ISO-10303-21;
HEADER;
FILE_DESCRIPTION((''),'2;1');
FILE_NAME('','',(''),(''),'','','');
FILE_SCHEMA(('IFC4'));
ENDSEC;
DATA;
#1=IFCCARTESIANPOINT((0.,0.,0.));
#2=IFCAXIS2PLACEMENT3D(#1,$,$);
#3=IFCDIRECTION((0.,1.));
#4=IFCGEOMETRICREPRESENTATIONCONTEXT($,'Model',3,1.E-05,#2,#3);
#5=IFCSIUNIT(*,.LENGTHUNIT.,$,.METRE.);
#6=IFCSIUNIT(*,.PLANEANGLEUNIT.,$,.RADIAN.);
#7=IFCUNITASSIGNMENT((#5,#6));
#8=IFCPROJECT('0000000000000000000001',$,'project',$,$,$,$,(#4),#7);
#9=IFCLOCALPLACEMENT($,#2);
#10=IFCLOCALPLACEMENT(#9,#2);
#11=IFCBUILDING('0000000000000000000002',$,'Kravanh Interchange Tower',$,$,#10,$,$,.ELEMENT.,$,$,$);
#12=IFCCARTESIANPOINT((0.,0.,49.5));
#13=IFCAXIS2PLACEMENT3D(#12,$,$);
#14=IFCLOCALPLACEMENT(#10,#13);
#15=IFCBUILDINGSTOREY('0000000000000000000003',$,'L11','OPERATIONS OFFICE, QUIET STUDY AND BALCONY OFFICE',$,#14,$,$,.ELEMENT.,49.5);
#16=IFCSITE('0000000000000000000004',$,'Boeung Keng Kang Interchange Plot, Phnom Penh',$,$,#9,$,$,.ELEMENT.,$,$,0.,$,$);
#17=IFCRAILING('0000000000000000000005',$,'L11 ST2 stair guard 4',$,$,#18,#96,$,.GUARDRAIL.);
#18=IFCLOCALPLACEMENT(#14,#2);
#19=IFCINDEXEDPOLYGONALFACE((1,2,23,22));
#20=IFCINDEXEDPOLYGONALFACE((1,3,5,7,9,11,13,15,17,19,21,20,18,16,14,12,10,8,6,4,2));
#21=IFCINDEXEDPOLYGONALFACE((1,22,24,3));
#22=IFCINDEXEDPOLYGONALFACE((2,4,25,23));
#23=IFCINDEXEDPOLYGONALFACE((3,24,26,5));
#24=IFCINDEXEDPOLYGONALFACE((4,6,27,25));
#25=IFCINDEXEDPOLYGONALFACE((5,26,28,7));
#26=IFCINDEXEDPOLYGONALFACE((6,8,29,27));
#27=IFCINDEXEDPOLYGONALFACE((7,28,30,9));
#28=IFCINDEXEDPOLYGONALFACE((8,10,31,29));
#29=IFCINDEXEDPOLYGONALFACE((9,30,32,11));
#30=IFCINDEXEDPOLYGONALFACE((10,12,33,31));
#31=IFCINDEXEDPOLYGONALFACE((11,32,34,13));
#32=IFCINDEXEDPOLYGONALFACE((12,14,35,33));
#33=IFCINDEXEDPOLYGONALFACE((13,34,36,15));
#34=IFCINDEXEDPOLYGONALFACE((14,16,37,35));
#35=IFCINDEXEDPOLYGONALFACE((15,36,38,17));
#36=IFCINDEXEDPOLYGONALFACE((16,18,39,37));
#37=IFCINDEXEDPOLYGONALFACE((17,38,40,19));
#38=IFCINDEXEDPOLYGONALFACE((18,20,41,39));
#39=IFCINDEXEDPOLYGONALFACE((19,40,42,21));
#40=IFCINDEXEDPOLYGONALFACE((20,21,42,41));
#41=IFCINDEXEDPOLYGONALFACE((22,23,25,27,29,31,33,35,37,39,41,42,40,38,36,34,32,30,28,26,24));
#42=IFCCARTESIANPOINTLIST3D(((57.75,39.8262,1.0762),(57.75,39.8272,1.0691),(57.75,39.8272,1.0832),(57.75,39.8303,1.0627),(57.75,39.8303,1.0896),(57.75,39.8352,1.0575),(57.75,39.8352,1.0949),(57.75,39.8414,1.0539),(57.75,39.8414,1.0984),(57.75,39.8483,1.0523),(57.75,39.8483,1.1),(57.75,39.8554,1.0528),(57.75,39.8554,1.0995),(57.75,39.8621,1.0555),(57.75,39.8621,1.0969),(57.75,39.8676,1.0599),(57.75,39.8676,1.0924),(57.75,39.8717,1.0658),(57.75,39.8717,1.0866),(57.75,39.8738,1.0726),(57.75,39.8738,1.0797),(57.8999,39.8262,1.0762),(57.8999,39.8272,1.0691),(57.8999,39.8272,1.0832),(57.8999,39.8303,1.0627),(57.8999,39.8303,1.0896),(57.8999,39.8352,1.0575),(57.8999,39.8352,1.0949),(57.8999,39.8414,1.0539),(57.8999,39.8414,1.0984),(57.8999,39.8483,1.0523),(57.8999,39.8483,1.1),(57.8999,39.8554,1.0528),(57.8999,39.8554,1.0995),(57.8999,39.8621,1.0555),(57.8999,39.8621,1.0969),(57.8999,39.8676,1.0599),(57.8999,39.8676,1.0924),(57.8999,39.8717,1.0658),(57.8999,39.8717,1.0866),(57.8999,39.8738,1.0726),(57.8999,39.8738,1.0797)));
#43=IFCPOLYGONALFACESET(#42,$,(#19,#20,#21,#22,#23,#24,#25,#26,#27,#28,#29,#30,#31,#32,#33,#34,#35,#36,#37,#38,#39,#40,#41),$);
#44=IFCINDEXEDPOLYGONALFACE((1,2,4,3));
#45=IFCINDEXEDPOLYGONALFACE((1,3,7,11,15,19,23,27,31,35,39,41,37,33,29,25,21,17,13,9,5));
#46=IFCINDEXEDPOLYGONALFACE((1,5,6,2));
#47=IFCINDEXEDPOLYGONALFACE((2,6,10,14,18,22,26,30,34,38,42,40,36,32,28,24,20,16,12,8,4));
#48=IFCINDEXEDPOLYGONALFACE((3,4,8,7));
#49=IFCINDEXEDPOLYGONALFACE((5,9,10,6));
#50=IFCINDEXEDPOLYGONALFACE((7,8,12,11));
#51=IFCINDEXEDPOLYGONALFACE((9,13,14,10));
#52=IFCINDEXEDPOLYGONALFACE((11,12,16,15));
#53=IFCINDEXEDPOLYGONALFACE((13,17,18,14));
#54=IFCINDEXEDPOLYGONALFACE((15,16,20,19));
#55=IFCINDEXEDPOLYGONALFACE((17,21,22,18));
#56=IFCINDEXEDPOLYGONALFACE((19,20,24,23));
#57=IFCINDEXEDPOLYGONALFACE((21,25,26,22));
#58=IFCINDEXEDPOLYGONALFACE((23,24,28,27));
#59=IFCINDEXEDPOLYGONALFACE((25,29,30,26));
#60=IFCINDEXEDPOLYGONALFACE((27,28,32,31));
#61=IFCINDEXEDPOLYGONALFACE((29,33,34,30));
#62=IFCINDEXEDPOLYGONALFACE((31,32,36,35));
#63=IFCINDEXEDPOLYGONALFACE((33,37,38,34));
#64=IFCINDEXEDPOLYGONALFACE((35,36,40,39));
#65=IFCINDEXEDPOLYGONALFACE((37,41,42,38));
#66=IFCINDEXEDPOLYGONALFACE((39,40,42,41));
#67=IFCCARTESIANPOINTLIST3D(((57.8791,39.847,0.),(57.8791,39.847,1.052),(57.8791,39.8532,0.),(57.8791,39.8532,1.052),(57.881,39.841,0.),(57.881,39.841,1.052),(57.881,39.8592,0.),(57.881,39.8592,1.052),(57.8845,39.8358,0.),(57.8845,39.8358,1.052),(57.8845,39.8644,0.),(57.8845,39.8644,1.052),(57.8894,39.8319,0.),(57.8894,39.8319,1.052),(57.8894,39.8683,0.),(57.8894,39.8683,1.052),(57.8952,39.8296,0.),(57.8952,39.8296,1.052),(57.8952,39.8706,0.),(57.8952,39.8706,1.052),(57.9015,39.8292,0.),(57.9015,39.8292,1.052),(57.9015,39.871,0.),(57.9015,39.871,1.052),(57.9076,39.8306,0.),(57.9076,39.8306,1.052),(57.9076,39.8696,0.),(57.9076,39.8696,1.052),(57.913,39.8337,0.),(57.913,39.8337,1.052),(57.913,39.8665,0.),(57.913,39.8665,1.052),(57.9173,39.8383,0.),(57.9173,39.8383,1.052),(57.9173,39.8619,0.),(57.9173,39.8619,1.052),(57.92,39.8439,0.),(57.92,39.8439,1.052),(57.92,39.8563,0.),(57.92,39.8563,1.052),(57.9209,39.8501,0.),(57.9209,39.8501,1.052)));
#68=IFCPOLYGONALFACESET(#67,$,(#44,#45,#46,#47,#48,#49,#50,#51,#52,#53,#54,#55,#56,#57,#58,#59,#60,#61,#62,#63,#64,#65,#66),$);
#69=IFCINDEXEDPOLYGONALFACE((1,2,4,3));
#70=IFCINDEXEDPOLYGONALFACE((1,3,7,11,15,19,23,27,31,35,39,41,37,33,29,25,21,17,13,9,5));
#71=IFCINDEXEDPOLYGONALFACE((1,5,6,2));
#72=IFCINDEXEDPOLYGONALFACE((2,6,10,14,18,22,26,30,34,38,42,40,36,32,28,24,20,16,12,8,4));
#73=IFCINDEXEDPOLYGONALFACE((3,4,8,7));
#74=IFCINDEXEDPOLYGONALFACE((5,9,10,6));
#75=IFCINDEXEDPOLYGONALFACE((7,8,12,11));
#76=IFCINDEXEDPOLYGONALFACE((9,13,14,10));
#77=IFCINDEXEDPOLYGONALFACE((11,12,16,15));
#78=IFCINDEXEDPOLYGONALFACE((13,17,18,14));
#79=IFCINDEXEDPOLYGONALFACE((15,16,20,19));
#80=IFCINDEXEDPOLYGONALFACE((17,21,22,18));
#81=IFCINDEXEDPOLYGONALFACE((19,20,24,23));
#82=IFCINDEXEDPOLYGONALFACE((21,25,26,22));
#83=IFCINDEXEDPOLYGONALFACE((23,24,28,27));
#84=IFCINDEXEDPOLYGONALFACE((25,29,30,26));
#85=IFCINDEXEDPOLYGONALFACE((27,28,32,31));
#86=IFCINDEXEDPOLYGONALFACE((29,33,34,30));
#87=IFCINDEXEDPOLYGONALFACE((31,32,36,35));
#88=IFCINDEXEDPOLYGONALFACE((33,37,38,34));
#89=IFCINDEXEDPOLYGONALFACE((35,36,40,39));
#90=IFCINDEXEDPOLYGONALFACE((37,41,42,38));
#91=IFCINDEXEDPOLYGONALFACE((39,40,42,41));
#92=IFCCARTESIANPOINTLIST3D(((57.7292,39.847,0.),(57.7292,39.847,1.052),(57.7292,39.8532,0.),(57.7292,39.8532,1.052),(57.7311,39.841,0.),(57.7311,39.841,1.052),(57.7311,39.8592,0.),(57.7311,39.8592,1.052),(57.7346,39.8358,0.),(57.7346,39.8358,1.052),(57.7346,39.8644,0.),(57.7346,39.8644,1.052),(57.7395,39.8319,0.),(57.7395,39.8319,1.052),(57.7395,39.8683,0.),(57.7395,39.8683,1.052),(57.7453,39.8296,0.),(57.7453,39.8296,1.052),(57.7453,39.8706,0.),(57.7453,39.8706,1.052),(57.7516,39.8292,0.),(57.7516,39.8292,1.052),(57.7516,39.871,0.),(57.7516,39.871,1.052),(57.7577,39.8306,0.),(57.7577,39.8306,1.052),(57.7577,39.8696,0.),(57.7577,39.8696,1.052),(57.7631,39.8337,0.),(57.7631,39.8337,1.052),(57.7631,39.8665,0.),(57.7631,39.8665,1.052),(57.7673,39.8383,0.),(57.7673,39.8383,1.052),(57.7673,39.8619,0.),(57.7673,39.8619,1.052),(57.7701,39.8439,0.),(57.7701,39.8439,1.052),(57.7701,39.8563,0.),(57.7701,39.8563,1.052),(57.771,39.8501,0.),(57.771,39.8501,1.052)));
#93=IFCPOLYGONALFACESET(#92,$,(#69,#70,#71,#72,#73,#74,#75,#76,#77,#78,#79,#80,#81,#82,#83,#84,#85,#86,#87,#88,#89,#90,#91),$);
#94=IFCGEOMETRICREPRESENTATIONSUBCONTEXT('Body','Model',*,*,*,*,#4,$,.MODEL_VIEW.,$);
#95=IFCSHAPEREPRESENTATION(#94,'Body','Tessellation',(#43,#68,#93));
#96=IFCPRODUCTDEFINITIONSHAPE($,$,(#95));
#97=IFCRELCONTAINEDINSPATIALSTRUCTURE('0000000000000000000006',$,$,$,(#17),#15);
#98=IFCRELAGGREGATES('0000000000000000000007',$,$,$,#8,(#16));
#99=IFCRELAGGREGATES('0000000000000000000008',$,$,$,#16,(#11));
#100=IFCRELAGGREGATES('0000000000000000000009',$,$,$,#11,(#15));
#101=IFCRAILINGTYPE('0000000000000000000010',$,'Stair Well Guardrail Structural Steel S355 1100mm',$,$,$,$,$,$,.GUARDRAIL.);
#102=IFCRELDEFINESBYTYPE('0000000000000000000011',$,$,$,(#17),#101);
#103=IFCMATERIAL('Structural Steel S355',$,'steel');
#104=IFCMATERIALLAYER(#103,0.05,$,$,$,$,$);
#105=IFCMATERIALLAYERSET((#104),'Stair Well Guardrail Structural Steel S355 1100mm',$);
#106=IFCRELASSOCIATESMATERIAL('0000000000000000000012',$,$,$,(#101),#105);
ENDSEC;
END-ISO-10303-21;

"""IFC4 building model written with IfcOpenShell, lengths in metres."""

from ifc_helpers import new_model, si_unit, direction, frame, origin, origin_2d, place, context, subcontext, project, spatial, circle, extrude, material, layer, layer_set, type_object, element, save


model = new_model("IFC4")

# Units and contexts
model_context = context("Model", 3, precision=1e-05, world=origin(), true_north=direction((0.0, 1.0)))
body_context = subcontext(model_context, "Body", "Model", "MODEL_VIEW")
ifc_project = project(units=[si_unit("LENGTHUNIT", "METRE"), si_unit("PLANEANGLEUNIT", "RADIAN")], contexts=[model_context])

# Site, building, storey
site_placement = place(None, origin())
site = spatial("IfcSite", under=ifc_project, at=site_placement, Name="Boeung Keng Kang Interchange Plot, Phnom Penh", CompositionType="ELEMENT", RefElevation=0.0)
building_placement = place(site_placement, origin())
building = spatial("IfcBuilding", under=site, at=building_placement, Name="Kravanh Interchange Tower", CompositionType="ELEMENT")
storey_placement = place(building_placement, frame((0.0, 0.0, 49.5)))
storey = spatial("IfcBuildingStorey", under=building, at=storey_placement, Name="L11", Description="OPERATIONS OFFICE, QUIET STUDY AND BALCONY OFFICE", CompositionType="ELEMENT", Elevation=49.5)

# Railing
ifc_material_1 = material(Name="Structural Steel S355", Category="steel")
ifc_layer_1 = layer(ifc_material_1, 0.05)
ifc_layer_set_1 = layer_set([ifc_layer_1], Name="Stair Well Guardrail Structural Steel S355 1100mm")
railing_type_1 = type_object("IfcRailingType", Name="Stair Well Guardrail Structural Steel S355 1100mm", PredefinedType="GUARDRAIL", material=ifc_layer_set_1)
railing_1_placement = place(storey_placement, frame((57.8999, 39.8501, 0.0)))
element("IfcRailing", 1, at=railing_1_placement, inside=storey, type_object=railing_type_1, Name="L11 ST2 stair guard 4", PredefinedType="GUARDRAIL", context=body_context, shape_type="SweptSolid", body=[
    extrude(circle(Radius=0.0239, at=origin_2d()), frame((0.0, 0.0, 1.0762), z_axis=(-1.0, 0.0, 0.0), x_axis=(0.0, -1.0, 0.0)), (0.0, 0.0, 1.0), 0.1499),
    extrude(circle(Radius=0.021, at=origin_2d()), origin(), (0.0, 0.0, 1.0), 1.052),
    extrude(circle(Radius=0.021, at=origin_2d()), frame((-0.1499, 0.0, 0.0)), (0.0, 0.0, 1.0), 1.052),
])

save(model, "model.ifc")
